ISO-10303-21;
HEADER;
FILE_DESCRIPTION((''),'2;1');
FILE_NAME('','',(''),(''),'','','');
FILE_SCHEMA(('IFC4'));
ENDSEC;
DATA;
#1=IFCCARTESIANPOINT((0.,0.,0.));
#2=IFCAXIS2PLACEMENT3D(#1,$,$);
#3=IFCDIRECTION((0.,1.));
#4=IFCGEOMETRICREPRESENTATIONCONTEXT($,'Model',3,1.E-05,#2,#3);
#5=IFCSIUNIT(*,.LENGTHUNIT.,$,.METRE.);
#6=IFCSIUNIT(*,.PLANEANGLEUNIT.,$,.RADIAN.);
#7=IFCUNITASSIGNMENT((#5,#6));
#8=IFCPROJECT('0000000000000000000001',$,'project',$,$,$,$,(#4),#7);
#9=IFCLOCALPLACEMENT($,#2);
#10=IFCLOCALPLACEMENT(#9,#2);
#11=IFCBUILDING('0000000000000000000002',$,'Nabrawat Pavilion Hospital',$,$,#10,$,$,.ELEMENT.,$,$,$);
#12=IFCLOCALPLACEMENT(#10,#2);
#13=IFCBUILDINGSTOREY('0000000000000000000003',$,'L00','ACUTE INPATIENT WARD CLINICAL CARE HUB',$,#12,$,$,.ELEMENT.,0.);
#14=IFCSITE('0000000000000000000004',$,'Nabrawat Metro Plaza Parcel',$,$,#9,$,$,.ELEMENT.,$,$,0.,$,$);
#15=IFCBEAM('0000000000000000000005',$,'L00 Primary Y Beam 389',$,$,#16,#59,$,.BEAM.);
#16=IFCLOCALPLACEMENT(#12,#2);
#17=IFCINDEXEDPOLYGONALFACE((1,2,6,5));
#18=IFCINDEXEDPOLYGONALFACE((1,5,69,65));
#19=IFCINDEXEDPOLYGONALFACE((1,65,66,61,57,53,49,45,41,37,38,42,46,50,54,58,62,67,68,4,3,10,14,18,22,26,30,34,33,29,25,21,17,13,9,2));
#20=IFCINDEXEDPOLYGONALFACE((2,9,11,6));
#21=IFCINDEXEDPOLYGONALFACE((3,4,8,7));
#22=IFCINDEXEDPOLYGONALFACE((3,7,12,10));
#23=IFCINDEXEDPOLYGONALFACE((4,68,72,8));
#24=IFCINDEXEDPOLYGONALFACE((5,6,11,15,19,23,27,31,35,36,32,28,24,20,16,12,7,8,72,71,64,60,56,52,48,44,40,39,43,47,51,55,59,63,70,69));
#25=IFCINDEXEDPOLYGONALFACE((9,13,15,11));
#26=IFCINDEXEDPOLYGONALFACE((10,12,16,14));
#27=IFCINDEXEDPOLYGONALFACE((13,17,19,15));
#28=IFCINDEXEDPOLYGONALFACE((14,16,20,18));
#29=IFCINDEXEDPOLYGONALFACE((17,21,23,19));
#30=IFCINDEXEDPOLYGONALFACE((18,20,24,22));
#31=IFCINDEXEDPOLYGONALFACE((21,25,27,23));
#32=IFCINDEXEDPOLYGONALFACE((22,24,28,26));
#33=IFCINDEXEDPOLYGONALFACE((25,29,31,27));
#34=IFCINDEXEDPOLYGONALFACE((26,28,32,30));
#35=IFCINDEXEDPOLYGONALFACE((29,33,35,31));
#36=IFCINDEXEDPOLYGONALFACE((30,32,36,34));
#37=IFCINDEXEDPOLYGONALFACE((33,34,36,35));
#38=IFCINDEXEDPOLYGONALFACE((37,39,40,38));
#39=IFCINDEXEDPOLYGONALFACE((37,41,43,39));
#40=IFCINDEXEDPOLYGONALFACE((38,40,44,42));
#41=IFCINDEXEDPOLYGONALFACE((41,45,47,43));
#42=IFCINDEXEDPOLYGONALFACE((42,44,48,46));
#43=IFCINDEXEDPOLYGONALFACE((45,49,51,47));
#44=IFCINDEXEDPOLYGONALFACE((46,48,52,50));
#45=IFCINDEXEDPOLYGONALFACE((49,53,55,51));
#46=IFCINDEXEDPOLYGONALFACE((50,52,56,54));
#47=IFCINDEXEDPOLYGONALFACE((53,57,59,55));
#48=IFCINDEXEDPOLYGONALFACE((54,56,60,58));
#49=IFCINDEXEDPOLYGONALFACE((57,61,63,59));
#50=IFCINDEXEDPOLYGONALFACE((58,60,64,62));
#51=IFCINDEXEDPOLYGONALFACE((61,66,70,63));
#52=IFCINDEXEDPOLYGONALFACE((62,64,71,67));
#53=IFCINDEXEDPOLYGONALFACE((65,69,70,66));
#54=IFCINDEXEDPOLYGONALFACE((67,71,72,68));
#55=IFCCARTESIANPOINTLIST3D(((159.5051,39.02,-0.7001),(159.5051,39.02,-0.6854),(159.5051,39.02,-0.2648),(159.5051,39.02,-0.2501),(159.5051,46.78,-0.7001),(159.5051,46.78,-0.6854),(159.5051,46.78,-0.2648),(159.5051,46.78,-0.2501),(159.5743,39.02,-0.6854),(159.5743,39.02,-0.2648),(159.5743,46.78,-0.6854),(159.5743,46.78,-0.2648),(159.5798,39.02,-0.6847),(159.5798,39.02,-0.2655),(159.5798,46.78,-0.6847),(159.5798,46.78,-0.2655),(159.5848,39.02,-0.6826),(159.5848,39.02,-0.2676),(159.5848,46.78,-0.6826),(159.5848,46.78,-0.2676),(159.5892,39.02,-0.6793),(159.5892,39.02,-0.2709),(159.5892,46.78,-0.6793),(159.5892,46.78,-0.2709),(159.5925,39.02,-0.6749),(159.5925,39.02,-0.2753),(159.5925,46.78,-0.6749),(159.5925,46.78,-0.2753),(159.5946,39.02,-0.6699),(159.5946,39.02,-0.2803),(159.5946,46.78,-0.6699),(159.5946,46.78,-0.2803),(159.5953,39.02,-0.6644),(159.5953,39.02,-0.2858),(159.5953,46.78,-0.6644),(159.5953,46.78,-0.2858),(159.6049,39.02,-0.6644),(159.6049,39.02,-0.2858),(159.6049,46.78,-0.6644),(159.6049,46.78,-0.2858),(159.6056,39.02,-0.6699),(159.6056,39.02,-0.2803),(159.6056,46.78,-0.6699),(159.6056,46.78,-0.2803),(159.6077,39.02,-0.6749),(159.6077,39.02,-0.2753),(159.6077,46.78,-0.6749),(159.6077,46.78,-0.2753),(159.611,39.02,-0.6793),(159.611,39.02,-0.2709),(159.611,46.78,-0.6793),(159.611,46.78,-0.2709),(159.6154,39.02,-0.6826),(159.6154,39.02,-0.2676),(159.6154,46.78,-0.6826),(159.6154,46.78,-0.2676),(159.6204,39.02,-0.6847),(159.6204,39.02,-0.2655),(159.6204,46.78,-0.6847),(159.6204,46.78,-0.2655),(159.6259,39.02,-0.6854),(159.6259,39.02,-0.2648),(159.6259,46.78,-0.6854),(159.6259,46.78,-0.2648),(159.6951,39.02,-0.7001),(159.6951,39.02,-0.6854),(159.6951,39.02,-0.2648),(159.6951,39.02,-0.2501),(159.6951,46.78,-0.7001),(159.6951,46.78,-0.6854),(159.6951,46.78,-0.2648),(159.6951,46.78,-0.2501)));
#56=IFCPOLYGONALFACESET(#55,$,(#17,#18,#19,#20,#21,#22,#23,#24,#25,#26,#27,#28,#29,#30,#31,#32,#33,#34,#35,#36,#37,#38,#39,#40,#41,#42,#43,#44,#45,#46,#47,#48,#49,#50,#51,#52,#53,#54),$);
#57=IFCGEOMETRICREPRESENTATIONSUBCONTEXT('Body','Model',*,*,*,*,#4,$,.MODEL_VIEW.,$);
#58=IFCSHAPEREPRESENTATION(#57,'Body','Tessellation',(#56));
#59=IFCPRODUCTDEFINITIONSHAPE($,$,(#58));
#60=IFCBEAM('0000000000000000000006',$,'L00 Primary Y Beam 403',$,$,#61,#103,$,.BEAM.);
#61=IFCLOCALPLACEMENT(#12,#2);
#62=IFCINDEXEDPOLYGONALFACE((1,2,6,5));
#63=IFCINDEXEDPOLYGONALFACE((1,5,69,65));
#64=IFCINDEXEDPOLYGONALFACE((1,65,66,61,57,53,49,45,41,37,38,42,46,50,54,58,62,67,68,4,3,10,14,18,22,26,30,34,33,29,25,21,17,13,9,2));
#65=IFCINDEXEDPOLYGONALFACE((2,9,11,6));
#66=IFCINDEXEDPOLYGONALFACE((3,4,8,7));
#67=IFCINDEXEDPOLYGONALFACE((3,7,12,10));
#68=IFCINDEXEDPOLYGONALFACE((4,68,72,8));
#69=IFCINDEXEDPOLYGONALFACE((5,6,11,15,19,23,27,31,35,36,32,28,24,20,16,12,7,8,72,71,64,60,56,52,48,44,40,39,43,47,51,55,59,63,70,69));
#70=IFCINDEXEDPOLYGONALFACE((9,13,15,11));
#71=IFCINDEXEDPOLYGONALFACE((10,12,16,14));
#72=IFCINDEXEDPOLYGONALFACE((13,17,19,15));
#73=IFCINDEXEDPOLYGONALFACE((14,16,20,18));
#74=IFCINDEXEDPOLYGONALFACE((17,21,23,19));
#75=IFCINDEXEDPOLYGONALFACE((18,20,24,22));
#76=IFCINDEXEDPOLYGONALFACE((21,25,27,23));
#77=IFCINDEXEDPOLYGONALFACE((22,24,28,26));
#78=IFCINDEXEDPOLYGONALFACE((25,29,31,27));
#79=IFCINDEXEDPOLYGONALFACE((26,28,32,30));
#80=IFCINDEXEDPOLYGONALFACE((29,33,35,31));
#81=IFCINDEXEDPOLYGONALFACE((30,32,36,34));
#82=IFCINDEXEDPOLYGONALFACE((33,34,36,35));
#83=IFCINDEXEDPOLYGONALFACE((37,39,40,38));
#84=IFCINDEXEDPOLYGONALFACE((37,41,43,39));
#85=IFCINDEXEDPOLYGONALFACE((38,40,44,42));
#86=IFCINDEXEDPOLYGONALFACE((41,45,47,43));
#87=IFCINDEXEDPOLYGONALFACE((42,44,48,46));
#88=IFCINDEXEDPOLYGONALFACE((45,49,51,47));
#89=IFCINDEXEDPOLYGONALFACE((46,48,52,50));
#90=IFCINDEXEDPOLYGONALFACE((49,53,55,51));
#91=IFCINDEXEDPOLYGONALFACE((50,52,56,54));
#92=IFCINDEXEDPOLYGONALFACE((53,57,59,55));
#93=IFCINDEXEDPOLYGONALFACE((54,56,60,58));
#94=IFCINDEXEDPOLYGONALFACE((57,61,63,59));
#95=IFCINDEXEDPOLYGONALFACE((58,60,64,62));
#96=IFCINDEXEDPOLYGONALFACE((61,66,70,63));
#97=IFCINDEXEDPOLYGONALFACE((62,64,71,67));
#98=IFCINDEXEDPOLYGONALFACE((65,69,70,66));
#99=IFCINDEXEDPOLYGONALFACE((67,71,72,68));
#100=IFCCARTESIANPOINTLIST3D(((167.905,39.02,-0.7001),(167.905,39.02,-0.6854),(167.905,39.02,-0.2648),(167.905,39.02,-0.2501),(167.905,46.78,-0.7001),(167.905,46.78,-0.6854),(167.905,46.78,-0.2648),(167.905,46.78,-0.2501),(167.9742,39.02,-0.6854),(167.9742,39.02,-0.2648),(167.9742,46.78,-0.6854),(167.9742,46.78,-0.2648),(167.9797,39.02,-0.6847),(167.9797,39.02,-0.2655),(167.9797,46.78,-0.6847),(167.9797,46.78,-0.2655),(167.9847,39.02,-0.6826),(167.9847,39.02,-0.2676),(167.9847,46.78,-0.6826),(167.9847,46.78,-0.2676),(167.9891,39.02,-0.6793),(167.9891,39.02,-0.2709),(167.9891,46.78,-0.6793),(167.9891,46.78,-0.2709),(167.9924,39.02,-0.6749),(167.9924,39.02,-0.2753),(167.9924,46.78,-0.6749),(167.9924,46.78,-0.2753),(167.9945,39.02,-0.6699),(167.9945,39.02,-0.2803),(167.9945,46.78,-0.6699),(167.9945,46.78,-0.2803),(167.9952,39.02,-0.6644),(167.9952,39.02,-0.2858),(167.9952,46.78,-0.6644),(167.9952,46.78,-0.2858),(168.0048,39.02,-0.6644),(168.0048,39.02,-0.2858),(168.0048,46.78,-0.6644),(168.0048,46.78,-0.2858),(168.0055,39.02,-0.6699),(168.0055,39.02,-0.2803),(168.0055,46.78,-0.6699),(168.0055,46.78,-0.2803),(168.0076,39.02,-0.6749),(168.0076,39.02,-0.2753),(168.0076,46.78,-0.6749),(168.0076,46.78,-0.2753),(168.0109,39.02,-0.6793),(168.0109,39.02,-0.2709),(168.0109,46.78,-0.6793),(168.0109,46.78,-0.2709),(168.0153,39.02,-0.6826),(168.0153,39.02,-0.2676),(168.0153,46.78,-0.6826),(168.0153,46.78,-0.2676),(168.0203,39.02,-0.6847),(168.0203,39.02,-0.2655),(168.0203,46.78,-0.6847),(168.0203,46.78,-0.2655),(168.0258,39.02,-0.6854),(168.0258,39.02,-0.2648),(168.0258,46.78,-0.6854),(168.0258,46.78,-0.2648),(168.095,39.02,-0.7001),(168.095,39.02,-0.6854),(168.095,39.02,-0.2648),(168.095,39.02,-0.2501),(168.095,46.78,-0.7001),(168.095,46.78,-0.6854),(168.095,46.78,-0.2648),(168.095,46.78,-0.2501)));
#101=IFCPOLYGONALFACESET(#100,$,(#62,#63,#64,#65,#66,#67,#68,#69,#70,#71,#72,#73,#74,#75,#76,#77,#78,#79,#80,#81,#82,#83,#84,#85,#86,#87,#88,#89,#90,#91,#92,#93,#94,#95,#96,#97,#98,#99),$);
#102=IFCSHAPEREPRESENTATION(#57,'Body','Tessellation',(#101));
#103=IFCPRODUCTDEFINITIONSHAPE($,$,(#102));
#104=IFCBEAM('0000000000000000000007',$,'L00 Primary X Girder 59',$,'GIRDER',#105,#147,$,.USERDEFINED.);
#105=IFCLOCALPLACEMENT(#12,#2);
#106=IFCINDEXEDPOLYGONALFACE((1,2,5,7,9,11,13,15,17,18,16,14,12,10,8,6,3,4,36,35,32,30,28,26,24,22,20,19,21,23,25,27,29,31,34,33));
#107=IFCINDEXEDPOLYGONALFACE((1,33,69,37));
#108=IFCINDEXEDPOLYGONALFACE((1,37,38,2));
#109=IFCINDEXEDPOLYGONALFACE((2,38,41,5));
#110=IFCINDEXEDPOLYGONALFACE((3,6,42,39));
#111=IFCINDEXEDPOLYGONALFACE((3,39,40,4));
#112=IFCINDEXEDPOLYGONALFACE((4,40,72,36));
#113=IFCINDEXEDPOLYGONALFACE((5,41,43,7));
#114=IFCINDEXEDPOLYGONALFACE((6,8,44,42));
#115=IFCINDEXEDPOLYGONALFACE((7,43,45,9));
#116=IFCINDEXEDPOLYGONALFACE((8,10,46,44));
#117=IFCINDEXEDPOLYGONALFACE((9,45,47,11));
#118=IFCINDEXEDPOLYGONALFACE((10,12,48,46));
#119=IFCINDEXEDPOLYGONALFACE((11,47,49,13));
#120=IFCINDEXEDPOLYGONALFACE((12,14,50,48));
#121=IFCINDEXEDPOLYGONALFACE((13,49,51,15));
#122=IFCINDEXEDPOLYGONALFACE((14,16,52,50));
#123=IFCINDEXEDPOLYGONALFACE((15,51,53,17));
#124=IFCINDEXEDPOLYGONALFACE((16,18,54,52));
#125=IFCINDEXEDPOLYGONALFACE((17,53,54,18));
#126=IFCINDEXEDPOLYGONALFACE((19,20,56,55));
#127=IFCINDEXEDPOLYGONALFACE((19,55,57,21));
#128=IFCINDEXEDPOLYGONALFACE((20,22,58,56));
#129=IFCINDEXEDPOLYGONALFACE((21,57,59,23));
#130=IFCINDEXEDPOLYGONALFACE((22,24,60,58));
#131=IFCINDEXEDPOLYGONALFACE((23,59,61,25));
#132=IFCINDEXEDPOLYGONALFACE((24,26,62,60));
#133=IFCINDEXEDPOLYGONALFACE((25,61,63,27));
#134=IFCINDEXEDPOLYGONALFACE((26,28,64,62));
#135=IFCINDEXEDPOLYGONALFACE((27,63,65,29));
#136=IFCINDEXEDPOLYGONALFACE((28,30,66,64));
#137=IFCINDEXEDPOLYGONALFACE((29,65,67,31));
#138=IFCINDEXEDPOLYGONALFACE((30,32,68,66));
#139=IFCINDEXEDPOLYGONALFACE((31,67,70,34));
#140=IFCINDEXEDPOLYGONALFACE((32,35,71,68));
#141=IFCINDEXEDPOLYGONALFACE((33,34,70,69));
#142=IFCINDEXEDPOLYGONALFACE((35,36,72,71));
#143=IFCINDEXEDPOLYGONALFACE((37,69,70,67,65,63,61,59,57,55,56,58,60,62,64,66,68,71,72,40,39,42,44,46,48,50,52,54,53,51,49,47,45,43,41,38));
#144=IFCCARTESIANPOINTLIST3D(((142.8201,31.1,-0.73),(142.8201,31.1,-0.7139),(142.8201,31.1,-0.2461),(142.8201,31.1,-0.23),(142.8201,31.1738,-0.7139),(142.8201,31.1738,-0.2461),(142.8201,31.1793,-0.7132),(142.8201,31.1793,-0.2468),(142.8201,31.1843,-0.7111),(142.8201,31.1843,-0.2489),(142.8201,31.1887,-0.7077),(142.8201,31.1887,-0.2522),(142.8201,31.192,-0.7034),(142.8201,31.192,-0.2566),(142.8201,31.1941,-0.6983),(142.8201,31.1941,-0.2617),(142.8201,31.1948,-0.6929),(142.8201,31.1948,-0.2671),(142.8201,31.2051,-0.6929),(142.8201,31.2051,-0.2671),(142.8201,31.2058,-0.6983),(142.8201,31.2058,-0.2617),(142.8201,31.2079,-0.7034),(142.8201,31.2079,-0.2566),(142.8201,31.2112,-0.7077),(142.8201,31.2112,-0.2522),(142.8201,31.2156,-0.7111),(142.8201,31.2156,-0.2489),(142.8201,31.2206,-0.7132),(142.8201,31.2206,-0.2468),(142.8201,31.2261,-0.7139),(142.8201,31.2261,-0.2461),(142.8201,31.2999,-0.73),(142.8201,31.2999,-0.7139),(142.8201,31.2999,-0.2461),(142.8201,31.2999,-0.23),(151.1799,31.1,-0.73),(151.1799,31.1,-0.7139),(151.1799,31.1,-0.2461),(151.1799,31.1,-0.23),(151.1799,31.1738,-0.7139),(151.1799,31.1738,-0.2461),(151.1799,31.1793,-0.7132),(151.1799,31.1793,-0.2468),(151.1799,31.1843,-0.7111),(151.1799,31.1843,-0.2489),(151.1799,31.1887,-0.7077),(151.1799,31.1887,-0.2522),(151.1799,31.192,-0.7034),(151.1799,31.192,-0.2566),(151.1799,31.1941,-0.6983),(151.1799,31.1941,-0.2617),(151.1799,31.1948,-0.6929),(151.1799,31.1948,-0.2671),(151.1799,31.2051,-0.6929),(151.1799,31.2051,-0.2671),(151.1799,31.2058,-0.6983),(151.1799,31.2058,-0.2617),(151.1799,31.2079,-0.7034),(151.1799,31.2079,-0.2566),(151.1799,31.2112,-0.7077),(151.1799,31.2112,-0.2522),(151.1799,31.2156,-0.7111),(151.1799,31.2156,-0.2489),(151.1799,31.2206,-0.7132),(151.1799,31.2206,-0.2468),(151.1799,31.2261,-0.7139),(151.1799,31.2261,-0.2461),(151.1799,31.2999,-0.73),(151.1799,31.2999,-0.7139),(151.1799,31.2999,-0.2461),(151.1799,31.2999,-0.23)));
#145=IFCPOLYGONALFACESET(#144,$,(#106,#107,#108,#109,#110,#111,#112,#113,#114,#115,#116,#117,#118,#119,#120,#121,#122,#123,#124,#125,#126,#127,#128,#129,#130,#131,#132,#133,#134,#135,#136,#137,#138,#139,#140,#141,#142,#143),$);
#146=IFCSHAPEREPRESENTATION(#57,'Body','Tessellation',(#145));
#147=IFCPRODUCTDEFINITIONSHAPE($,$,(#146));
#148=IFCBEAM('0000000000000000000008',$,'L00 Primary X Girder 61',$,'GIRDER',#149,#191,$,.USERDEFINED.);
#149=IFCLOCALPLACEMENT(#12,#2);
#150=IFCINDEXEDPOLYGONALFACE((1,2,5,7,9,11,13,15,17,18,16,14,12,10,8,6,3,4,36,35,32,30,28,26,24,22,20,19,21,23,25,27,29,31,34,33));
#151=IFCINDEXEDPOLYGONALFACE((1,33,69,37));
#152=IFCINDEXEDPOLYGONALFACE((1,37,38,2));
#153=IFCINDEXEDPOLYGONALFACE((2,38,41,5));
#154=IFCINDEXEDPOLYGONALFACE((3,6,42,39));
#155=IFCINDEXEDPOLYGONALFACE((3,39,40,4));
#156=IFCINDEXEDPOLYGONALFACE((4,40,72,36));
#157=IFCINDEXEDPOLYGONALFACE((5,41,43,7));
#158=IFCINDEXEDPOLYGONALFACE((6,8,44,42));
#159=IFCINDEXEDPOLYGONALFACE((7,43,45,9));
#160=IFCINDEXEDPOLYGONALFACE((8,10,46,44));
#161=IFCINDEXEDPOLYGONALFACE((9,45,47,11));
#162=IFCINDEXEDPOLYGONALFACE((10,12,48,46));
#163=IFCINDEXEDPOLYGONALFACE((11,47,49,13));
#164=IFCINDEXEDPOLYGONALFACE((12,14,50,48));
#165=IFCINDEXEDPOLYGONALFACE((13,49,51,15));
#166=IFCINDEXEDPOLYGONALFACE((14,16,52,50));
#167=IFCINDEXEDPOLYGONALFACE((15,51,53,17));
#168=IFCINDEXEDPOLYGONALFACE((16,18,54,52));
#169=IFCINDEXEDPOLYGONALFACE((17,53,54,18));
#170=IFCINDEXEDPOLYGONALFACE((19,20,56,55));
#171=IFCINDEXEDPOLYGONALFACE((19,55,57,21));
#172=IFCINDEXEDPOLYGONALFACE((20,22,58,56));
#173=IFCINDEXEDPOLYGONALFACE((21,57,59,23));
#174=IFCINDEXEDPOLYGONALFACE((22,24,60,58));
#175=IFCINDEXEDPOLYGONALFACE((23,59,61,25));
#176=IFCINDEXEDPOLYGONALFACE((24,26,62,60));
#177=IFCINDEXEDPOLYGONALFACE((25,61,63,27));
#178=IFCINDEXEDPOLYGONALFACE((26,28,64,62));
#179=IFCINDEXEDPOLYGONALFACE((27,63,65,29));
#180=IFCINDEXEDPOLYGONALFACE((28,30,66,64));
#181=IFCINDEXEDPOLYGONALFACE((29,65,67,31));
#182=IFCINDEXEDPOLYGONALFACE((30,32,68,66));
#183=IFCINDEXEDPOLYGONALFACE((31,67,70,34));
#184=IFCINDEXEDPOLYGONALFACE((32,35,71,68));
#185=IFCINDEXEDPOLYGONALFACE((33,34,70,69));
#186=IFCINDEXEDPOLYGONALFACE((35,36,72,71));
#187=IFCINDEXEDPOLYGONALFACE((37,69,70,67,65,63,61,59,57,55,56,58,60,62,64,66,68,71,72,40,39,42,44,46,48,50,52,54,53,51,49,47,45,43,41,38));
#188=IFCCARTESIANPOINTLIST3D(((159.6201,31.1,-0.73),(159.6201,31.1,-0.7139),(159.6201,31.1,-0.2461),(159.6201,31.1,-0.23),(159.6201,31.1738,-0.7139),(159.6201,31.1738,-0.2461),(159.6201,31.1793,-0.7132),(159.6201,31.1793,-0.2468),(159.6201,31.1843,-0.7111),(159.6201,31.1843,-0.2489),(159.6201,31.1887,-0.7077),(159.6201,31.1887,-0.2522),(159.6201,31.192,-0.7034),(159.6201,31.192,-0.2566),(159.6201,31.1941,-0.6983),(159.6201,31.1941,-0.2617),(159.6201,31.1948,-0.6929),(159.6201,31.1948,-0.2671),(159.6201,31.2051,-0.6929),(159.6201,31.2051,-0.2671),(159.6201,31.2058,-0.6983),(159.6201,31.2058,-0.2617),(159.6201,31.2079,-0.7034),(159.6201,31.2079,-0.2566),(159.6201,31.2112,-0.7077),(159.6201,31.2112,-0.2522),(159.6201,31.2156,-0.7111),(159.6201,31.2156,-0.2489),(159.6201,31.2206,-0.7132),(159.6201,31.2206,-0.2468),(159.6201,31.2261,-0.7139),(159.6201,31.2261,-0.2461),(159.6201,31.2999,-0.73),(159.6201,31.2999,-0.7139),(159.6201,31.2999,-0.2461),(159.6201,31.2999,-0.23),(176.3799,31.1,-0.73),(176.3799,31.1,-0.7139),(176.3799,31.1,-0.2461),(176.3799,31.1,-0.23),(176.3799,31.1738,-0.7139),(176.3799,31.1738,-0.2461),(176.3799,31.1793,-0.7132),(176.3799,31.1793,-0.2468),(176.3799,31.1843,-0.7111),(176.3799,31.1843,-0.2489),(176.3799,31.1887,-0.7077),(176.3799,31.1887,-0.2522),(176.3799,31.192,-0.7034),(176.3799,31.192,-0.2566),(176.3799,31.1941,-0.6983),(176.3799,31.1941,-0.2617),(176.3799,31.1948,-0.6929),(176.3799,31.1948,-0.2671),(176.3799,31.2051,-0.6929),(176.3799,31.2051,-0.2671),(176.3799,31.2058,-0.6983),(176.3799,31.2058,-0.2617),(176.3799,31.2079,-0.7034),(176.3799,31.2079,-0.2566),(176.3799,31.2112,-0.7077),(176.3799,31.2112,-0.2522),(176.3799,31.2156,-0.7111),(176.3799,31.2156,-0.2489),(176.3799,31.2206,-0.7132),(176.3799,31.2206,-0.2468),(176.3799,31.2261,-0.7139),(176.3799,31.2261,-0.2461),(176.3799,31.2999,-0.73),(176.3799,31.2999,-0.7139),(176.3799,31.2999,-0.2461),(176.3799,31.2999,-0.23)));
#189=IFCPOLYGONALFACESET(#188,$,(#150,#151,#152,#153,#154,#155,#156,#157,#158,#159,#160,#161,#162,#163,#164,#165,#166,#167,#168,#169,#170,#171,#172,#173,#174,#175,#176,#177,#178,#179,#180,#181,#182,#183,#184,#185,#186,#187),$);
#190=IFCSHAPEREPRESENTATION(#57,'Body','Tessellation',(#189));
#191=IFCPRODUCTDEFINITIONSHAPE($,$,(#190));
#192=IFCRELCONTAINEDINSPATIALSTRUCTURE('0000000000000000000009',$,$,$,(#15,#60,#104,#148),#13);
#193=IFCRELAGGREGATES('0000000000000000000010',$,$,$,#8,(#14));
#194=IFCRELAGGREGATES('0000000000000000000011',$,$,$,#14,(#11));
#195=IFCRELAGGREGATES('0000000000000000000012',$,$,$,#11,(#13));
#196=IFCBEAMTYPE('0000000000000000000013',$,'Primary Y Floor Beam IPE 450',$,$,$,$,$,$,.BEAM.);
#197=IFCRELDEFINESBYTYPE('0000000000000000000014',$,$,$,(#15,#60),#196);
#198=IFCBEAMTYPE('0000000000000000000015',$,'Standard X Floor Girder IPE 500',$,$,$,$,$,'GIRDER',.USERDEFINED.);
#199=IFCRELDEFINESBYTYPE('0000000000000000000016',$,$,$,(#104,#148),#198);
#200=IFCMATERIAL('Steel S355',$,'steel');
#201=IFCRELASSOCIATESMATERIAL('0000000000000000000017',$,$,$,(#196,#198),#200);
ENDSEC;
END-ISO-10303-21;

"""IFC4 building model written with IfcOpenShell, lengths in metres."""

from ifc_helpers import new_model, si_unit, direction, frame, origin, origin_2d, place, context, subcontext, project, spatial, i_section, extrude, material, material_profile, profile_set, type_object, element, save


model = new_model("IFC4")

# Units and contexts
model_context = context("Model", 3, precision=1e-05, world=origin(), true_north=direction((0.0, 1.0)))
body_context = subcontext(model_context, "Body", "Model", "MODEL_VIEW")
ifc_project = project(units=[si_unit("LENGTHUNIT", "METRE"), si_unit("PLANEANGLEUNIT", "RADIAN")], contexts=[model_context])

# Site, building, storey
site_placement = place(None, origin())
site = spatial("IfcSite", under=ifc_project, at=site_placement, Name="Nabrawat Metro Plaza Parcel", CompositionType="ELEMENT", RefElevation=0.0)
building_placement = place(site_placement, origin())
building = spatial("IfcBuilding", under=site, at=building_placement, Name="Nabrawat Pavilion Hospital", CompositionType="ELEMENT")
storey_placement = place(building_placement, origin())
storey = spatial("IfcBuildingStorey", under=building, at=storey_placement, Name="L00", Description="ACUTE INPATIENT WARD CLINICAL CARE HUB", CompositionType="ELEMENT", Elevation=0.0)

# Shared definitions
ifc_material_1 = material(Name="Steel S355", Category="steel")

# Beams
ifc_material_profile_1 = material_profile(ifc_material_1, i_section(OverallWidth=0.1899, OverallDepth=0.45, WebThickness=0.0095, FlangeThickness=0.0146, FilletRadius=0.021, at=origin_2d()), Name="IPE 450")
ifc_profile_set_1 = profile_set([ifc_material_profile_1], Name="Steel S355")
beam_type_1 = type_object("IfcBeamType", Name="Primary Y Floor Beam IPE 450", PredefinedType="BEAM", material=ifc_profile_set_1)
for number, where, z_axis, x_axis, name in (
    (1, (159.6001, 39.02, -0.4751), (0.0, 1.0, 0.0), (-1.0, 0.0, 0.0), "L00 Primary Y Beam 389"),
    (2, (168.0, 39.02, -0.4751), (0.0, 1.0, 0.0), (-1.0, 0.0, 0.0), "L00 Primary Y Beam 403"),
):
    element("IfcBeam", number, at=place(storey_placement, frame(where, z_axis=z_axis, x_axis=x_axis)), inside=storey, type_object=beam_type_1, Name=name, PredefinedType="BEAM", context=body_context, shape_type="SweptSolid", body=[
        extrude(i_section(OverallWidth=0.1899, OverallDepth=0.45, WebThickness=0.0095, FlangeThickness=0.0146, FilletRadius=0.021, at=origin_2d()), origin(), (0.0, 0.0, 1.0), 7.76),
    ])
ifc_material_profile_2 = material_profile(ifc_material_1, i_section(OverallWidth=0.2, OverallDepth=0.5, WebThickness=0.0103, FlangeThickness=0.0161, FilletRadius=0.021, at=origin_2d()), Name="IPE 500")
ifc_profile_set_2 = profile_set([ifc_material_profile_2], Name="Steel S355")
beam_type_2 = type_object("IfcBeamType", Name="Standard X Floor Girder IPE 500", ElementType="GIRDER", PredefinedType="USERDEFINED", material=ifc_profile_set_2)
beam_1_placement = place(storey_placement, frame((142.8201, 31.2, -0.48), z_axis=(1.0, 0.0, 0.0), x_axis=(0.0, 1.0, 0.0)))
element("IfcBeam", 3, at=beam_1_placement, inside=storey, type_object=beam_type_2, Name="L00 Primary X Girder 59", ObjectType="GIRDER", PredefinedType="USERDEFINED", context=body_context, shape_type="SweptSolid", body=[
    extrude(i_section(OverallWidth=0.2, OverallDepth=0.5, WebThickness=0.0103, FlangeThickness=0.0161, FilletRadius=0.021, at=origin_2d()), origin(), (0.0, 0.0, 1.0), 8.3599),
])
beam_2_placement = place(storey_placement, frame((159.6201, 31.2, -0.48), z_axis=(1.0, 0.0, 0.0), x_axis=(0.0, 1.0, 0.0)))
element("IfcBeam", 4, at=beam_2_placement, inside=storey, type_object=beam_type_2, Name="L00 Primary X Girder 61", ObjectType="GIRDER", PredefinedType="USERDEFINED", context=body_context, shape_type="SweptSolid", body=[
    extrude(i_section(OverallWidth=0.2, OverallDepth=0.5, WebThickness=0.0103, FlangeThickness=0.0161, FilletRadius=0.021, at=origin_2d()), origin(), (0.0, 0.0, 1.0), 16.7598),
])

save(model, "model.ifc")
